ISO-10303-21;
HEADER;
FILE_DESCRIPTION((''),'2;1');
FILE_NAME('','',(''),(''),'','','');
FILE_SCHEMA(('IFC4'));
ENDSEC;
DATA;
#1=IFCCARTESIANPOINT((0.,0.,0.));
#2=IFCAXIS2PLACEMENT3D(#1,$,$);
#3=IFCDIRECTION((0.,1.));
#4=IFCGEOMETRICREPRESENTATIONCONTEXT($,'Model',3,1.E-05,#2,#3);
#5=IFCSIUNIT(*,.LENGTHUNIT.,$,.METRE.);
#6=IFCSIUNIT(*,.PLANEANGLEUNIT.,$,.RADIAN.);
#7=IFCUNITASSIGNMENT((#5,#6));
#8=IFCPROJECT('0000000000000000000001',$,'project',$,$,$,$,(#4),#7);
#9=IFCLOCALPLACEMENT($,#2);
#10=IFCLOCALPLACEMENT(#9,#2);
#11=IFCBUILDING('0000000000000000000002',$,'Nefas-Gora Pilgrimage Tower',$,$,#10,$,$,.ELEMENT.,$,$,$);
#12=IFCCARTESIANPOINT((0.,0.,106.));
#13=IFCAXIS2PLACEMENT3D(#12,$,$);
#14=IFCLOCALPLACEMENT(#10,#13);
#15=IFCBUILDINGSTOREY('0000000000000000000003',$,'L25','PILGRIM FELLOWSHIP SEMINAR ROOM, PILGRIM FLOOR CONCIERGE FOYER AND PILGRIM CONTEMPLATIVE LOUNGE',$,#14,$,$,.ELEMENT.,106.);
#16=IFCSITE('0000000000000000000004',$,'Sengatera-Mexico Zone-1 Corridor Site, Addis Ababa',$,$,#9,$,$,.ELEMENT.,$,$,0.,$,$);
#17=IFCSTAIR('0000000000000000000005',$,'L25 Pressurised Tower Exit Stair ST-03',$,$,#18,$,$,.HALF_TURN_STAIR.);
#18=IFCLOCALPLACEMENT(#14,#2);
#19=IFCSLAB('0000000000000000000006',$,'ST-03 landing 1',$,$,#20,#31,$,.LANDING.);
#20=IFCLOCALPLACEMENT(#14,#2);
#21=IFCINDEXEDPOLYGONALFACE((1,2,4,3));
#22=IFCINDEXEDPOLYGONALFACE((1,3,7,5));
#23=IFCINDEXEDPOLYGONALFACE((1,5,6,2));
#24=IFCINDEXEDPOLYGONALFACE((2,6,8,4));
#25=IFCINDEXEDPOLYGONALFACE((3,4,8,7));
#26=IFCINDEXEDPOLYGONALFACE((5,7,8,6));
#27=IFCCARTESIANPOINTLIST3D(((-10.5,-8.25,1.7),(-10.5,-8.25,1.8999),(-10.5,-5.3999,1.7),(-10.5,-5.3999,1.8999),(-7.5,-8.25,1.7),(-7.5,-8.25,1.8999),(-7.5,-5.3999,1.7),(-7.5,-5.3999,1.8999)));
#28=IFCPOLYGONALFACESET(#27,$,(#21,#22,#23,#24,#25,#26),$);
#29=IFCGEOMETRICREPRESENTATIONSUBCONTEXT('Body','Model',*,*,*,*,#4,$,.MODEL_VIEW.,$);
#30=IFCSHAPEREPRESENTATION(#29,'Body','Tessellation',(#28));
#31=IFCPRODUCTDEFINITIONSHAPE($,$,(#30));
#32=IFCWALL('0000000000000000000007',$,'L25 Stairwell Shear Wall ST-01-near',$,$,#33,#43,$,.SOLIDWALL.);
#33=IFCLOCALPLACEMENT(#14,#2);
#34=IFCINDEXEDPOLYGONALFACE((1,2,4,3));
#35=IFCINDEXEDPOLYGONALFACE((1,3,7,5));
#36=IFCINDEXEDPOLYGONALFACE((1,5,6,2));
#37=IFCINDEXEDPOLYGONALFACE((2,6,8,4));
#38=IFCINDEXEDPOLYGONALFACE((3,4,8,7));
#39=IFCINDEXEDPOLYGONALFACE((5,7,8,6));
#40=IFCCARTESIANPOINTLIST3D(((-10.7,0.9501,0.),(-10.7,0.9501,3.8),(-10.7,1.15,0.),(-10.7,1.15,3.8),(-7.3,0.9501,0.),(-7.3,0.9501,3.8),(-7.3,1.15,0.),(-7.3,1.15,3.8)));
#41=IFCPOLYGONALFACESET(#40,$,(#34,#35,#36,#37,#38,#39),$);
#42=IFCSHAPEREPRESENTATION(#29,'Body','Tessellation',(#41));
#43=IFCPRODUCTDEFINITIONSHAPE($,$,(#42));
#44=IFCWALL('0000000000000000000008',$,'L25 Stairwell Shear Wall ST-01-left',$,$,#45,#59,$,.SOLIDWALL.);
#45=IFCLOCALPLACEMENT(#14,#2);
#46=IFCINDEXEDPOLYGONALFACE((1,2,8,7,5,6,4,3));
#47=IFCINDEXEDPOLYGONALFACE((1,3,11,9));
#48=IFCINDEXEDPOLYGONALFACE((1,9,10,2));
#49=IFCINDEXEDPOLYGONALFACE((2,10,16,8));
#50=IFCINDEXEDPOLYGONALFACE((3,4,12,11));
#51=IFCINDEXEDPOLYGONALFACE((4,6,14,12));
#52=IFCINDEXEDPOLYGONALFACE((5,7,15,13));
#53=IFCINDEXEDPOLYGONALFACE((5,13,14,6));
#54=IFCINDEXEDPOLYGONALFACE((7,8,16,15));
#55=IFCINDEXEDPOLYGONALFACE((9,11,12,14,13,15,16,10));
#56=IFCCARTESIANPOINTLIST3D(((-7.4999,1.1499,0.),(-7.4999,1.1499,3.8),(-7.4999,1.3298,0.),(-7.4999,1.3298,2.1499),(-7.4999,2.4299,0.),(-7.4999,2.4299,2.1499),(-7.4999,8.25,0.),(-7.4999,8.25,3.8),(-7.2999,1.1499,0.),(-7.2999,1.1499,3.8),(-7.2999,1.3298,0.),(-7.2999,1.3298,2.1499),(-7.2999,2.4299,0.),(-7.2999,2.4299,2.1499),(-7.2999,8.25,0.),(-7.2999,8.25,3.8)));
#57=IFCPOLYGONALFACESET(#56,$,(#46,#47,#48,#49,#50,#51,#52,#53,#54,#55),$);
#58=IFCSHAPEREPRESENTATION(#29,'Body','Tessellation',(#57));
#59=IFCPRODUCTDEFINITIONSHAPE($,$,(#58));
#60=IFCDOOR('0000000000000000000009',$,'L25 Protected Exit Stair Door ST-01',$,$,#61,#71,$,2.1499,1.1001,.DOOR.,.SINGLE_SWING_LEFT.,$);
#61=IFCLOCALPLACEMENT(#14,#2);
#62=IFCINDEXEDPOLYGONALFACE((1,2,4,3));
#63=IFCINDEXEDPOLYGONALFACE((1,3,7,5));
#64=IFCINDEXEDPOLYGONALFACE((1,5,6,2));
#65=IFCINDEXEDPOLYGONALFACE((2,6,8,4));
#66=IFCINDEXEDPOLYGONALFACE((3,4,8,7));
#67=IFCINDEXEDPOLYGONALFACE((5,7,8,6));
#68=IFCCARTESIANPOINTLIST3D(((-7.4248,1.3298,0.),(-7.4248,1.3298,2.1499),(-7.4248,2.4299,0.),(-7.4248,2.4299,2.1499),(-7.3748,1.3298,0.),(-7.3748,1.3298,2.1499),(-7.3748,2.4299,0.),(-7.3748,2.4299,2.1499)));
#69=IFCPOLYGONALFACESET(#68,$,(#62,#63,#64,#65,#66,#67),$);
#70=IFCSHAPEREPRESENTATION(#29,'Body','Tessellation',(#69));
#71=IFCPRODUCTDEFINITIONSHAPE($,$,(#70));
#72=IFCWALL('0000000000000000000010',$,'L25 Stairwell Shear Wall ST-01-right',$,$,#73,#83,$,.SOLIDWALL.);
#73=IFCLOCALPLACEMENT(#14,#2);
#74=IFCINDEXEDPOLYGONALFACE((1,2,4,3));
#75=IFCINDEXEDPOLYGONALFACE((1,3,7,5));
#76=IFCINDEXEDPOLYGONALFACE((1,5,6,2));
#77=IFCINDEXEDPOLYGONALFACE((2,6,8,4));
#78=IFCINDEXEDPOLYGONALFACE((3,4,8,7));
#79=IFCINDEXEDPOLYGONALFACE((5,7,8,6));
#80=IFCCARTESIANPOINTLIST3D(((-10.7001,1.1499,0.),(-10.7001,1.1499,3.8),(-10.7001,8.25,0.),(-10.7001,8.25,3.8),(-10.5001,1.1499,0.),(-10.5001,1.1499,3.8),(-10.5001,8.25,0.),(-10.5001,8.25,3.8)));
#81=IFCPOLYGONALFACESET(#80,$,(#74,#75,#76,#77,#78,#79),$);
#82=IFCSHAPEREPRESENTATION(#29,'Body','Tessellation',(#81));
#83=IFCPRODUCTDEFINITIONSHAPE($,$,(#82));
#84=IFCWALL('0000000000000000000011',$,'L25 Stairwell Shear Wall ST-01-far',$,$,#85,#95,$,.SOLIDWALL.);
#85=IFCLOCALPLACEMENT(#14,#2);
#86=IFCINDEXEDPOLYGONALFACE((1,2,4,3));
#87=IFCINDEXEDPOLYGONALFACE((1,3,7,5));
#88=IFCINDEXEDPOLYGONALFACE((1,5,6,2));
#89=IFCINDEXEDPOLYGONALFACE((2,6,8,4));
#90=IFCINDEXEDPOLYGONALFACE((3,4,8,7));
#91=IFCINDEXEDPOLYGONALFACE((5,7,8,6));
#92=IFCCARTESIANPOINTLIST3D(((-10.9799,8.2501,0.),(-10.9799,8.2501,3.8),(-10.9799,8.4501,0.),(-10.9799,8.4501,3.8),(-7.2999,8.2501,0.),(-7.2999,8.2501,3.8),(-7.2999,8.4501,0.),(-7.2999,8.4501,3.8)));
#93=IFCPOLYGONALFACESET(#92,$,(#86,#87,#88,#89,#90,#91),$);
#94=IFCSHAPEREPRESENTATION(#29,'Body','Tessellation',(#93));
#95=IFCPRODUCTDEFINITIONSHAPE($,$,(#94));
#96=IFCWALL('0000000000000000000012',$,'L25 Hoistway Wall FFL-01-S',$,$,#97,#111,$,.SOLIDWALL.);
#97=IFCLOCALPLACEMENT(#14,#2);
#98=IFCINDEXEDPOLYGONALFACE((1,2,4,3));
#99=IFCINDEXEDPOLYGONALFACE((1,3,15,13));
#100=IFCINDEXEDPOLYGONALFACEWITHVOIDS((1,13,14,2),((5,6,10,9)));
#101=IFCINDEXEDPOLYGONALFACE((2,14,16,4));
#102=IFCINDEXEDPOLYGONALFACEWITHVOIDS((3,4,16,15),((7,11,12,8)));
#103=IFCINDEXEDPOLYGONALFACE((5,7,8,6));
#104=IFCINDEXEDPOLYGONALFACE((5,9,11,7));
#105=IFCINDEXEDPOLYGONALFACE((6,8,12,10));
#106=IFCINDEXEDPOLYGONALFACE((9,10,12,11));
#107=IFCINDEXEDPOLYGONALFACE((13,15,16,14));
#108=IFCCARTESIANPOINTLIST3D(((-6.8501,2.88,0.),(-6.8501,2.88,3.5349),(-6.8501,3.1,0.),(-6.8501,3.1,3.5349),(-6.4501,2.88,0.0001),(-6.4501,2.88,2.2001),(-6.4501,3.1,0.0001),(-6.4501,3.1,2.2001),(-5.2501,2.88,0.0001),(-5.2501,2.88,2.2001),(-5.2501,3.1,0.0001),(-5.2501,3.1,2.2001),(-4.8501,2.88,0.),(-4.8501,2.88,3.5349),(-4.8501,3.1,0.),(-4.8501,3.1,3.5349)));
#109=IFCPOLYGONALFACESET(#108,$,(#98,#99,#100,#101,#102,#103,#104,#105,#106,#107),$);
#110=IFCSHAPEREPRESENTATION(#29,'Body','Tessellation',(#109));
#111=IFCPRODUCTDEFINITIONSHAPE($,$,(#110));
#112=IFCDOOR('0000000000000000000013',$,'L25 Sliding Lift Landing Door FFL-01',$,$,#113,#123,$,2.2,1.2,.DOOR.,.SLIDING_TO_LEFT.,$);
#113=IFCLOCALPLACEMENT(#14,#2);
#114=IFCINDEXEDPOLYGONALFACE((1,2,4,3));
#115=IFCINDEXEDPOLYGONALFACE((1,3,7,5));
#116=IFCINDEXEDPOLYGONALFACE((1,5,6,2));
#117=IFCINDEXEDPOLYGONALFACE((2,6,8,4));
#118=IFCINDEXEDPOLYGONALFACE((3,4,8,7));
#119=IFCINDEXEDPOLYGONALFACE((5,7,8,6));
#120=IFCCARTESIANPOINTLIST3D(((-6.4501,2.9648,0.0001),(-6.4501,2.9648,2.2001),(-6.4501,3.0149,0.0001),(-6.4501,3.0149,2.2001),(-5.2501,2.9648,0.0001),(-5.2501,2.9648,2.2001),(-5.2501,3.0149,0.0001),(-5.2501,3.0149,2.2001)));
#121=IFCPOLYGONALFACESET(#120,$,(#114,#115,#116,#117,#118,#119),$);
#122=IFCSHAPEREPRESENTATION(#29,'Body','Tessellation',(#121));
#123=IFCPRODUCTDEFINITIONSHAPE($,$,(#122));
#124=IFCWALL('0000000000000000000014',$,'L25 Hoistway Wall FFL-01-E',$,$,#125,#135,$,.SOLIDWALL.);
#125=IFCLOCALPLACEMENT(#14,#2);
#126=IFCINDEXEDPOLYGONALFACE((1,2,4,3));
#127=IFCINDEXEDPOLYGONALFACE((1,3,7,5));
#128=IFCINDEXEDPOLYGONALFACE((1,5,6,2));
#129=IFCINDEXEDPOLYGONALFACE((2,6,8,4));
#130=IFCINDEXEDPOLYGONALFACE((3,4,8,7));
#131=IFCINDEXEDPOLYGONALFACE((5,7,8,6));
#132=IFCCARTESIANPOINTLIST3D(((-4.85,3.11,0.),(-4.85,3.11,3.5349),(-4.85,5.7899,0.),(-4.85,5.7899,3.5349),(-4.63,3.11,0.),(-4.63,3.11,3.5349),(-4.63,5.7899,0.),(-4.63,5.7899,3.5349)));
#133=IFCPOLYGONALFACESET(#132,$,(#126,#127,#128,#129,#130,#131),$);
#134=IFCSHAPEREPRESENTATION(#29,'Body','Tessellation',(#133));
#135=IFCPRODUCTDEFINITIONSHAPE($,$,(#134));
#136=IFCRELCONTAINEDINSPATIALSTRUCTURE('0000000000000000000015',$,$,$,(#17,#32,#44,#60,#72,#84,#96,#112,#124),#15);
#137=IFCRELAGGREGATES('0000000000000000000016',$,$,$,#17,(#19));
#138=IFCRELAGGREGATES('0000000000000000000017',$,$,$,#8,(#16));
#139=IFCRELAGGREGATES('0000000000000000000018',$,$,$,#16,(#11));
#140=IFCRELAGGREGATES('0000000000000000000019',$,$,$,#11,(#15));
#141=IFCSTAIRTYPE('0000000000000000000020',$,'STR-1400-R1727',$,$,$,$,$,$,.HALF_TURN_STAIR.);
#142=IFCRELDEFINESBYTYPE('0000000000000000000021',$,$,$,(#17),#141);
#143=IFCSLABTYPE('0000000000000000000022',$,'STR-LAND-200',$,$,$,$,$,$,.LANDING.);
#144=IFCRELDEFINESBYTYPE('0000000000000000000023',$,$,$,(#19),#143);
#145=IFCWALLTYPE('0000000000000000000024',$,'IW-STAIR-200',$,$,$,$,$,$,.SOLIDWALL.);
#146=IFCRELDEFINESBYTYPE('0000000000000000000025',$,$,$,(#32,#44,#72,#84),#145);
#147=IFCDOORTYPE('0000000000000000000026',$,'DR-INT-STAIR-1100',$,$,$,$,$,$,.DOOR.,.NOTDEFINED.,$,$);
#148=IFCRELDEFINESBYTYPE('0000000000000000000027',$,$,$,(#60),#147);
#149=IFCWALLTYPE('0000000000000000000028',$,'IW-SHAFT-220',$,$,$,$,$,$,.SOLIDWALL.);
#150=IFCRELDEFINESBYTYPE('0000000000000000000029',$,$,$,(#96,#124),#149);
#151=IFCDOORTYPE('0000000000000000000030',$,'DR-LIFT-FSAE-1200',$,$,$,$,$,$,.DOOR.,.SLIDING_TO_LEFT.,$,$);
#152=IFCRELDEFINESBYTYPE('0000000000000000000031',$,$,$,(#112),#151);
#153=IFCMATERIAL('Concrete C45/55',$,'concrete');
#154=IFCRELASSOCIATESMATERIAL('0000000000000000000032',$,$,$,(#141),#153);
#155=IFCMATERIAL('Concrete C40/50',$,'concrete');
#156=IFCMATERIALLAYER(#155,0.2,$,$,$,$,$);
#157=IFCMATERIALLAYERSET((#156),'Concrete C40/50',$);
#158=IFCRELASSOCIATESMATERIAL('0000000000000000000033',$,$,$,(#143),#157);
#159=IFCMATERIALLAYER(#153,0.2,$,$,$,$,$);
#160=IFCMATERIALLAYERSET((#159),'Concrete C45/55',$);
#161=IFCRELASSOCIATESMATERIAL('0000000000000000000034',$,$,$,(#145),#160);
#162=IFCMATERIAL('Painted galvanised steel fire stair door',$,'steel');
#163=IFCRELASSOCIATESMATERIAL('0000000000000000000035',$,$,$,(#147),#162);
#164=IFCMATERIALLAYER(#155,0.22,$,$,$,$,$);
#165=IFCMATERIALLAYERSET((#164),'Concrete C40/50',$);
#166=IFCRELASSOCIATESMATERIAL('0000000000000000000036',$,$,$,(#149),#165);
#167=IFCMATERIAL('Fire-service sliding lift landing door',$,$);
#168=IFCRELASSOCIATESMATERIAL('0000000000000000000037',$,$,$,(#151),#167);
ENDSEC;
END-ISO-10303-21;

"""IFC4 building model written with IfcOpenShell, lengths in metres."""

from ifc_helpers import new_model, si_unit, direction, frame, frame_2d, origin, place, context, subcontext, project, spatial, polyline, rectangle, outline, extrude, source, transform, mapped, material, layer, layer_set, type_object, element, fill, aggregate, save


model = new_model("IFC4")

# Units and contexts
model_context = context("Model", 3, precision=1e-05, world=origin(), true_north=direction((0.0, 1.0)))
body_context = subcontext(model_context, "Body", "Model", "MODEL_VIEW")
ifc_project = project(units=[si_unit("LENGTHUNIT", "METRE"), si_unit("PLANEANGLEUNIT", "RADIAN")], contexts=[model_context])

# Site, building, storey
site_placement = place(None, origin())
site = spatial("IfcSite", under=ifc_project, at=site_placement, Name="Sengatera-Mexico Zone-1 Corridor Site, Addis Ababa", CompositionType="ELEMENT", RefElevation=0.0)
building_placement = place(site_placement, origin())
building = spatial("IfcBuilding", under=site, at=building_placement, Name="Nefas-Gora Pilgrimage Tower", CompositionType="ELEMENT")
storey_placement = place(building_placement, frame((0.0, 0.0, 106.0)))
storey = spatial("IfcBuildingStorey", under=building, at=storey_placement, Name="L25", Description="PILGRIM FELLOWSHIP SEMINAR ROOM, PILGRIM FLOOR CONCIERGE FOYER AND PILGRIM CONTEMPLATIVE LOUNGE", CompositionType="ELEMENT", Elevation=106.0)

# Shared definitions
ifc_material_1 = material(Name="Concrete C40/50", Category="concrete")

# Stair, slab
ifc_material_2 = material(Name="Concrete C45/55", Category="concrete")
stair_type = type_object("IfcStairType", Name="STR-1400-R1727", PredefinedType="HALF_TURN_STAIR", material=ifc_material_2)
ifc_layer_1 = layer(ifc_material_1, 0.2)
ifc_layer_set_1 = layer_set([ifc_layer_1], Name="Concrete C40/50")
slab_type_1 = type_object("IfcSlabType", Name="STR-LAND-200", PredefinedType="LANDING", material=ifc_layer_set_1)
stair_1_placement = place(storey_placement, origin())
stair_1 = element("IfcStair", 1, at=stair_1_placement, inside=storey, type_object=stair_type, Name="L25 Pressurised Tower Exit Stair ST-03", PredefinedType="HALF_TURN_STAIR")
slab_1_placement = place(storey_placement, frame((0.0, 0.0, 1.7)))
slab_1 = element("IfcSlab", 2, at=slab_1_placement, type_object=slab_type_1, Name="ST-03 landing 1", PredefinedType="LANDING", context=body_context, shape_type="SweptSolid", body=[
    extrude(outline(polyline([(-10.5, -5.3999), (-10.5, -8.25), (-7.5, -8.25), (-7.5, -5.3999), (-10.5, -5.3999)])), origin(), (0.0, 0.0, 1.0), 0.2),
])
aggregate(stair_1, [slab_1])

# Wall
ifc_layer_2 = layer(ifc_material_2, 0.2)
ifc_layer_set_2 = layer_set([ifc_layer_2], Name="Concrete C45/55")
wall_type_1 = type_object("IfcWallType", Name="IW-STAIR-200", PredefinedType="SOLIDWALL", material=ifc_layer_set_2)
shared_shape_1 = source(origin(), body_context, "Body", "SweptSolid", [
    extrude(rectangle(XDim=3.3999, YDim=0.2, at=frame_2d((1.7, 0.0))), origin(), (0.0, 0.0, 1.0), 3.8),
])
wall_1_placement = place(storey_placement, frame((-7.3, 1.05, 0.0), z_axis=(0.0, 0.0, 1.0), x_axis=(-1.0, 0.0, 0.0)))
element("IfcWall", 3, at=wall_1_placement, inside=storey, type_object=wall_type_1, Name="L25 Stairwell Shear Wall ST-01-near", PredefinedType="SOLIDWALL", context=body_context, shape_type="MappedRepresentation", body=[
    mapped(shared_shape_1, transform((0.0, 0.0, 0.0), x_axis=(1.0, 0.0, 0.0), y_axis=(0.0, 1.0, 0.0), z_axis=(0.0, 0.0, 1.0), scale=1.0)),
])

# Wall, opening, door
shared_shape_2 = source(origin(), body_context, "Body", "SweptSolid", [
    extrude(rectangle(XDim=7.1001, YDim=0.2, at=frame_2d((3.55, 0.0))), origin(), (0.0, 0.0, 1.0), 3.8),
])
wall_2_placement = place(storey_placement, frame((-7.3999, 1.1499, 0.0), z_axis=(0.0, 0.0, 1.0), x_axis=(0.0, 1.0, 0.0)))
wall_2 = element("IfcWall", 4, at=wall_2_placement, inside=storey, type_object=wall_type_1, Name="L25 Stairwell Shear Wall ST-01-left", PredefinedType="SOLIDWALL", context=body_context, shape_type="MappedRepresentation", body=[
    mapped(shared_shape_2, transform((0.0, 0.0, 0.0), x_axis=(1.0, 0.0, 0.0), y_axis=(0.0, 1.0, 0.0), z_axis=(0.0, 0.0, 1.0), scale=1.0)),
])
opening_1_placement = place(wall_2_placement, frame((0.1799, 0.0, 0.0)))
opening_1 = element("IfcOpeningElement", 5, at=opening_1_placement, cuts=wall_2, PredefinedType="OPENING", context=body_context, shape_type="SweptSolid", body=[
    extrude(rectangle(XDim=1.1001, YDim=2.1499, at=frame_2d((0.55, 1.075))), frame((0.0, 0.1099, 0.0), z_axis=(0.0, -1.0, 0.0), x_axis=(1.0, 0.0, 0.0)), (0.0, 0.0, 1.0), 0.22),
])
ifc_material_3 = material(Name="Painted galvanised steel fire stair door", Category="steel")
door_type_1 = type_object("IfcDoorType", Name="DR-INT-STAIR-1100", OperationType="NOTDEFINED", PredefinedType="DOOR", material=ifc_material_3)
shared_shape_3 = source(origin(), body_context, "Body", "SweptSolid", [
    extrude(rectangle(XDim=1.1001, YDim=2.1499, at=frame_2d((0.55, 1.075))), frame((0.0, 0.0249, 0.0), z_axis=(0.0, -1.0, 0.0), x_axis=(1.0, 0.0, 0.0)), (0.0, 0.0, 1.0), 0.05),
])
door_1_placement = place(opening_1_placement, origin())
door_1 = element("IfcDoor", 6, at=door_1_placement, inside=storey, type_object=door_type_1, Name="L25 Protected Exit Stair Door ST-01", OperationType="SINGLE_SWING_LEFT", OverallHeight=2.1499, OverallWidth=1.1001, PredefinedType="DOOR", context=body_context, shape_type="MappedRepresentation", body=[
    mapped(shared_shape_3, transform((0.0, 0.0, 0.0), x_axis=(1.0, 0.0, 0.0), y_axis=(0.0, 1.0, 0.0), z_axis=(0.0, 0.0, 1.0), scale=1.0)),
])
fill(opening_1, door_1)

# Walls
wall_3_placement = place(storey_placement, frame((-10.6001, 1.1499, 0.0), z_axis=(0.0, 0.0, 1.0), x_axis=(0.0, 1.0, 0.0)))
element("IfcWall", 7, at=wall_3_placement, inside=storey, type_object=wall_type_1, Name="L25 Stairwell Shear Wall ST-01-right", PredefinedType="SOLIDWALL", context=body_context, shape_type="MappedRepresentation", body=[
    mapped(shared_shape_2, transform((0.0, 0.0, 0.0), x_axis=(1.0, 0.0, 0.0), y_axis=(0.0, 1.0, 0.0), z_axis=(0.0, 0.0, 1.0), scale=1.0)),
])
shared_shape_4 = source(origin(), body_context, "Body", "SweptSolid", [
    extrude(rectangle(XDim=3.6799, YDim=0.2, at=frame_2d((1.8398, 0.0))), origin(), (0.0, 0.0, 1.0), 3.8),
])
wall_4_placement = place(storey_placement, frame((-7.3, 8.3501, 0.0), z_axis=(0.0, 0.0, 1.0), x_axis=(-1.0, 0.0, 0.0)))
element("IfcWall", 8, at=wall_4_placement, inside=storey, type_object=wall_type_1, Name="L25 Stairwell Shear Wall ST-01-far", PredefinedType="SOLIDWALL", context=body_context, shape_type="MappedRepresentation", body=[
    mapped(shared_shape_4, transform((0.0, 0.0, 0.0), x_axis=(1.0, 0.0, 0.0), y_axis=(0.0, 1.0, 0.0), z_axis=(0.0, 0.0, 1.0), scale=1.0)),
])

# Wall, opening, door
ifc_layer_3 = layer(ifc_material_1, 0.22)
ifc_layer_set_3 = layer_set([ifc_layer_3], Name="Concrete C40/50")
wall_type_2 = type_object("IfcWallType", Name="IW-SHAFT-220", PredefinedType="SOLIDWALL", material=ifc_layer_set_3)
shared_shape_5 = source(origin(), body_context, "Body", "SweptSolid", [
    extrude(rectangle(XDim=2.0, YDim=0.22, at=frame_2d((1.0, 0.0))), origin(), (0.0, 0.0, 1.0), 3.5349),
])
wall_5_placement = place(storey_placement, frame((-6.8501, 2.99, 0.0), z_axis=(0.0, 0.0, 1.0), x_axis=(1.0, 0.0, 0.0)))
wall_5 = element("IfcWall", 9, at=wall_5_placement, inside=storey, type_object=wall_type_2, Name="L25 Hoistway Wall FFL-01-S", PredefinedType="SOLIDWALL", context=body_context, shape_type="MappedRepresentation", body=[
    mapped(shared_shape_5, transform((0.0, 0.0, 0.0), x_axis=(1.0, 0.0, 0.0), y_axis=(0.0, 1.0, 0.0), z_axis=(0.0, 0.0, 1.0), scale=1.0)),
])
opening_2_placement = place(wall_5_placement, frame((0.3999, 0.0, 0.0)))
opening_2 = element("IfcOpeningElement", 10, at=opening_2_placement, cuts=wall_5, PredefinedType="OPENING", context=body_context, shape_type="SweptSolid", body=[
    extrude(rectangle(XDim=1.2, YDim=2.2, at=frame_2d((0.6001, 1.1001))), frame((0.0, 0.1199, 0.0), z_axis=(0.0, -1.0, 0.0), x_axis=(1.0, 0.0, 0.0)), (0.0, 0.0, 1.0), 0.24),
])
ifc_material_4 = material(Name="Fire-service sliding lift landing door")
door_type_2 = type_object("IfcDoorType", Name="DR-LIFT-FSAE-1200", OperationType="SLIDING_TO_LEFT", PredefinedType="DOOR", material=ifc_material_4)
shared_shape_6 = source(origin(), body_context, "Body", "SweptSolid", [
    extrude(rectangle(XDim=1.2, YDim=2.2, at=frame_2d((0.6001, 1.1001))), frame((0.0, 0.0249, 0.0), z_axis=(0.0, -1.0, 0.0), x_axis=(1.0, 0.0, 0.0)), (0.0, 0.0, 1.0), 0.05),
])
door_2_placement = place(opening_2_placement, origin())
door_2 = element("IfcDoor", 11, at=door_2_placement, inside=storey, type_object=door_type_2, Name="L25 Sliding Lift Landing Door FFL-01", OperationType="SLIDING_TO_LEFT", OverallHeight=2.2, OverallWidth=1.2, PredefinedType="DOOR", context=body_context, shape_type="MappedRepresentation", body=[
    mapped(shared_shape_6, transform((0.0, 0.0, 0.0), x_axis=(1.0, 0.0, 0.0), y_axis=(0.0, 1.0, 0.0), z_axis=(0.0, 0.0, 1.0), scale=1.0)),
])
fill(opening_2, door_2)

# Wall
shared_shape_7 = source(origin(), body_context, "Body", "SweptSolid", [
    extrude(rectangle(XDim=2.6799, YDim=0.22, at=frame_2d((1.3398, 0.0))), origin(), (0.0, 0.0, 1.0), 3.5349),
])
wall_6_placement = place(storey_placement, frame((-4.74, 3.1101, 0.0), z_axis=(0.0, 0.0, 1.0), x_axis=(0.0, 1.0, 0.0)))
element("IfcWall", 12, at=wall_6_placement, inside=storey, type_object=wall_type_2, Name="L25 Hoistway Wall FFL-01-E", PredefinedType="SOLIDWALL", context=body_context, shape_type="MappedRepresentation", body=[
    mapped(shared_shape_7, transform((0.0, 0.0, 0.0), x_axis=(1.0, 0.0, 0.0), y_axis=(0.0, 1.0, 0.0), z_axis=(0.0, 0.0, 1.0), scale=1.0)),
])

save(model, "model.ifc")
